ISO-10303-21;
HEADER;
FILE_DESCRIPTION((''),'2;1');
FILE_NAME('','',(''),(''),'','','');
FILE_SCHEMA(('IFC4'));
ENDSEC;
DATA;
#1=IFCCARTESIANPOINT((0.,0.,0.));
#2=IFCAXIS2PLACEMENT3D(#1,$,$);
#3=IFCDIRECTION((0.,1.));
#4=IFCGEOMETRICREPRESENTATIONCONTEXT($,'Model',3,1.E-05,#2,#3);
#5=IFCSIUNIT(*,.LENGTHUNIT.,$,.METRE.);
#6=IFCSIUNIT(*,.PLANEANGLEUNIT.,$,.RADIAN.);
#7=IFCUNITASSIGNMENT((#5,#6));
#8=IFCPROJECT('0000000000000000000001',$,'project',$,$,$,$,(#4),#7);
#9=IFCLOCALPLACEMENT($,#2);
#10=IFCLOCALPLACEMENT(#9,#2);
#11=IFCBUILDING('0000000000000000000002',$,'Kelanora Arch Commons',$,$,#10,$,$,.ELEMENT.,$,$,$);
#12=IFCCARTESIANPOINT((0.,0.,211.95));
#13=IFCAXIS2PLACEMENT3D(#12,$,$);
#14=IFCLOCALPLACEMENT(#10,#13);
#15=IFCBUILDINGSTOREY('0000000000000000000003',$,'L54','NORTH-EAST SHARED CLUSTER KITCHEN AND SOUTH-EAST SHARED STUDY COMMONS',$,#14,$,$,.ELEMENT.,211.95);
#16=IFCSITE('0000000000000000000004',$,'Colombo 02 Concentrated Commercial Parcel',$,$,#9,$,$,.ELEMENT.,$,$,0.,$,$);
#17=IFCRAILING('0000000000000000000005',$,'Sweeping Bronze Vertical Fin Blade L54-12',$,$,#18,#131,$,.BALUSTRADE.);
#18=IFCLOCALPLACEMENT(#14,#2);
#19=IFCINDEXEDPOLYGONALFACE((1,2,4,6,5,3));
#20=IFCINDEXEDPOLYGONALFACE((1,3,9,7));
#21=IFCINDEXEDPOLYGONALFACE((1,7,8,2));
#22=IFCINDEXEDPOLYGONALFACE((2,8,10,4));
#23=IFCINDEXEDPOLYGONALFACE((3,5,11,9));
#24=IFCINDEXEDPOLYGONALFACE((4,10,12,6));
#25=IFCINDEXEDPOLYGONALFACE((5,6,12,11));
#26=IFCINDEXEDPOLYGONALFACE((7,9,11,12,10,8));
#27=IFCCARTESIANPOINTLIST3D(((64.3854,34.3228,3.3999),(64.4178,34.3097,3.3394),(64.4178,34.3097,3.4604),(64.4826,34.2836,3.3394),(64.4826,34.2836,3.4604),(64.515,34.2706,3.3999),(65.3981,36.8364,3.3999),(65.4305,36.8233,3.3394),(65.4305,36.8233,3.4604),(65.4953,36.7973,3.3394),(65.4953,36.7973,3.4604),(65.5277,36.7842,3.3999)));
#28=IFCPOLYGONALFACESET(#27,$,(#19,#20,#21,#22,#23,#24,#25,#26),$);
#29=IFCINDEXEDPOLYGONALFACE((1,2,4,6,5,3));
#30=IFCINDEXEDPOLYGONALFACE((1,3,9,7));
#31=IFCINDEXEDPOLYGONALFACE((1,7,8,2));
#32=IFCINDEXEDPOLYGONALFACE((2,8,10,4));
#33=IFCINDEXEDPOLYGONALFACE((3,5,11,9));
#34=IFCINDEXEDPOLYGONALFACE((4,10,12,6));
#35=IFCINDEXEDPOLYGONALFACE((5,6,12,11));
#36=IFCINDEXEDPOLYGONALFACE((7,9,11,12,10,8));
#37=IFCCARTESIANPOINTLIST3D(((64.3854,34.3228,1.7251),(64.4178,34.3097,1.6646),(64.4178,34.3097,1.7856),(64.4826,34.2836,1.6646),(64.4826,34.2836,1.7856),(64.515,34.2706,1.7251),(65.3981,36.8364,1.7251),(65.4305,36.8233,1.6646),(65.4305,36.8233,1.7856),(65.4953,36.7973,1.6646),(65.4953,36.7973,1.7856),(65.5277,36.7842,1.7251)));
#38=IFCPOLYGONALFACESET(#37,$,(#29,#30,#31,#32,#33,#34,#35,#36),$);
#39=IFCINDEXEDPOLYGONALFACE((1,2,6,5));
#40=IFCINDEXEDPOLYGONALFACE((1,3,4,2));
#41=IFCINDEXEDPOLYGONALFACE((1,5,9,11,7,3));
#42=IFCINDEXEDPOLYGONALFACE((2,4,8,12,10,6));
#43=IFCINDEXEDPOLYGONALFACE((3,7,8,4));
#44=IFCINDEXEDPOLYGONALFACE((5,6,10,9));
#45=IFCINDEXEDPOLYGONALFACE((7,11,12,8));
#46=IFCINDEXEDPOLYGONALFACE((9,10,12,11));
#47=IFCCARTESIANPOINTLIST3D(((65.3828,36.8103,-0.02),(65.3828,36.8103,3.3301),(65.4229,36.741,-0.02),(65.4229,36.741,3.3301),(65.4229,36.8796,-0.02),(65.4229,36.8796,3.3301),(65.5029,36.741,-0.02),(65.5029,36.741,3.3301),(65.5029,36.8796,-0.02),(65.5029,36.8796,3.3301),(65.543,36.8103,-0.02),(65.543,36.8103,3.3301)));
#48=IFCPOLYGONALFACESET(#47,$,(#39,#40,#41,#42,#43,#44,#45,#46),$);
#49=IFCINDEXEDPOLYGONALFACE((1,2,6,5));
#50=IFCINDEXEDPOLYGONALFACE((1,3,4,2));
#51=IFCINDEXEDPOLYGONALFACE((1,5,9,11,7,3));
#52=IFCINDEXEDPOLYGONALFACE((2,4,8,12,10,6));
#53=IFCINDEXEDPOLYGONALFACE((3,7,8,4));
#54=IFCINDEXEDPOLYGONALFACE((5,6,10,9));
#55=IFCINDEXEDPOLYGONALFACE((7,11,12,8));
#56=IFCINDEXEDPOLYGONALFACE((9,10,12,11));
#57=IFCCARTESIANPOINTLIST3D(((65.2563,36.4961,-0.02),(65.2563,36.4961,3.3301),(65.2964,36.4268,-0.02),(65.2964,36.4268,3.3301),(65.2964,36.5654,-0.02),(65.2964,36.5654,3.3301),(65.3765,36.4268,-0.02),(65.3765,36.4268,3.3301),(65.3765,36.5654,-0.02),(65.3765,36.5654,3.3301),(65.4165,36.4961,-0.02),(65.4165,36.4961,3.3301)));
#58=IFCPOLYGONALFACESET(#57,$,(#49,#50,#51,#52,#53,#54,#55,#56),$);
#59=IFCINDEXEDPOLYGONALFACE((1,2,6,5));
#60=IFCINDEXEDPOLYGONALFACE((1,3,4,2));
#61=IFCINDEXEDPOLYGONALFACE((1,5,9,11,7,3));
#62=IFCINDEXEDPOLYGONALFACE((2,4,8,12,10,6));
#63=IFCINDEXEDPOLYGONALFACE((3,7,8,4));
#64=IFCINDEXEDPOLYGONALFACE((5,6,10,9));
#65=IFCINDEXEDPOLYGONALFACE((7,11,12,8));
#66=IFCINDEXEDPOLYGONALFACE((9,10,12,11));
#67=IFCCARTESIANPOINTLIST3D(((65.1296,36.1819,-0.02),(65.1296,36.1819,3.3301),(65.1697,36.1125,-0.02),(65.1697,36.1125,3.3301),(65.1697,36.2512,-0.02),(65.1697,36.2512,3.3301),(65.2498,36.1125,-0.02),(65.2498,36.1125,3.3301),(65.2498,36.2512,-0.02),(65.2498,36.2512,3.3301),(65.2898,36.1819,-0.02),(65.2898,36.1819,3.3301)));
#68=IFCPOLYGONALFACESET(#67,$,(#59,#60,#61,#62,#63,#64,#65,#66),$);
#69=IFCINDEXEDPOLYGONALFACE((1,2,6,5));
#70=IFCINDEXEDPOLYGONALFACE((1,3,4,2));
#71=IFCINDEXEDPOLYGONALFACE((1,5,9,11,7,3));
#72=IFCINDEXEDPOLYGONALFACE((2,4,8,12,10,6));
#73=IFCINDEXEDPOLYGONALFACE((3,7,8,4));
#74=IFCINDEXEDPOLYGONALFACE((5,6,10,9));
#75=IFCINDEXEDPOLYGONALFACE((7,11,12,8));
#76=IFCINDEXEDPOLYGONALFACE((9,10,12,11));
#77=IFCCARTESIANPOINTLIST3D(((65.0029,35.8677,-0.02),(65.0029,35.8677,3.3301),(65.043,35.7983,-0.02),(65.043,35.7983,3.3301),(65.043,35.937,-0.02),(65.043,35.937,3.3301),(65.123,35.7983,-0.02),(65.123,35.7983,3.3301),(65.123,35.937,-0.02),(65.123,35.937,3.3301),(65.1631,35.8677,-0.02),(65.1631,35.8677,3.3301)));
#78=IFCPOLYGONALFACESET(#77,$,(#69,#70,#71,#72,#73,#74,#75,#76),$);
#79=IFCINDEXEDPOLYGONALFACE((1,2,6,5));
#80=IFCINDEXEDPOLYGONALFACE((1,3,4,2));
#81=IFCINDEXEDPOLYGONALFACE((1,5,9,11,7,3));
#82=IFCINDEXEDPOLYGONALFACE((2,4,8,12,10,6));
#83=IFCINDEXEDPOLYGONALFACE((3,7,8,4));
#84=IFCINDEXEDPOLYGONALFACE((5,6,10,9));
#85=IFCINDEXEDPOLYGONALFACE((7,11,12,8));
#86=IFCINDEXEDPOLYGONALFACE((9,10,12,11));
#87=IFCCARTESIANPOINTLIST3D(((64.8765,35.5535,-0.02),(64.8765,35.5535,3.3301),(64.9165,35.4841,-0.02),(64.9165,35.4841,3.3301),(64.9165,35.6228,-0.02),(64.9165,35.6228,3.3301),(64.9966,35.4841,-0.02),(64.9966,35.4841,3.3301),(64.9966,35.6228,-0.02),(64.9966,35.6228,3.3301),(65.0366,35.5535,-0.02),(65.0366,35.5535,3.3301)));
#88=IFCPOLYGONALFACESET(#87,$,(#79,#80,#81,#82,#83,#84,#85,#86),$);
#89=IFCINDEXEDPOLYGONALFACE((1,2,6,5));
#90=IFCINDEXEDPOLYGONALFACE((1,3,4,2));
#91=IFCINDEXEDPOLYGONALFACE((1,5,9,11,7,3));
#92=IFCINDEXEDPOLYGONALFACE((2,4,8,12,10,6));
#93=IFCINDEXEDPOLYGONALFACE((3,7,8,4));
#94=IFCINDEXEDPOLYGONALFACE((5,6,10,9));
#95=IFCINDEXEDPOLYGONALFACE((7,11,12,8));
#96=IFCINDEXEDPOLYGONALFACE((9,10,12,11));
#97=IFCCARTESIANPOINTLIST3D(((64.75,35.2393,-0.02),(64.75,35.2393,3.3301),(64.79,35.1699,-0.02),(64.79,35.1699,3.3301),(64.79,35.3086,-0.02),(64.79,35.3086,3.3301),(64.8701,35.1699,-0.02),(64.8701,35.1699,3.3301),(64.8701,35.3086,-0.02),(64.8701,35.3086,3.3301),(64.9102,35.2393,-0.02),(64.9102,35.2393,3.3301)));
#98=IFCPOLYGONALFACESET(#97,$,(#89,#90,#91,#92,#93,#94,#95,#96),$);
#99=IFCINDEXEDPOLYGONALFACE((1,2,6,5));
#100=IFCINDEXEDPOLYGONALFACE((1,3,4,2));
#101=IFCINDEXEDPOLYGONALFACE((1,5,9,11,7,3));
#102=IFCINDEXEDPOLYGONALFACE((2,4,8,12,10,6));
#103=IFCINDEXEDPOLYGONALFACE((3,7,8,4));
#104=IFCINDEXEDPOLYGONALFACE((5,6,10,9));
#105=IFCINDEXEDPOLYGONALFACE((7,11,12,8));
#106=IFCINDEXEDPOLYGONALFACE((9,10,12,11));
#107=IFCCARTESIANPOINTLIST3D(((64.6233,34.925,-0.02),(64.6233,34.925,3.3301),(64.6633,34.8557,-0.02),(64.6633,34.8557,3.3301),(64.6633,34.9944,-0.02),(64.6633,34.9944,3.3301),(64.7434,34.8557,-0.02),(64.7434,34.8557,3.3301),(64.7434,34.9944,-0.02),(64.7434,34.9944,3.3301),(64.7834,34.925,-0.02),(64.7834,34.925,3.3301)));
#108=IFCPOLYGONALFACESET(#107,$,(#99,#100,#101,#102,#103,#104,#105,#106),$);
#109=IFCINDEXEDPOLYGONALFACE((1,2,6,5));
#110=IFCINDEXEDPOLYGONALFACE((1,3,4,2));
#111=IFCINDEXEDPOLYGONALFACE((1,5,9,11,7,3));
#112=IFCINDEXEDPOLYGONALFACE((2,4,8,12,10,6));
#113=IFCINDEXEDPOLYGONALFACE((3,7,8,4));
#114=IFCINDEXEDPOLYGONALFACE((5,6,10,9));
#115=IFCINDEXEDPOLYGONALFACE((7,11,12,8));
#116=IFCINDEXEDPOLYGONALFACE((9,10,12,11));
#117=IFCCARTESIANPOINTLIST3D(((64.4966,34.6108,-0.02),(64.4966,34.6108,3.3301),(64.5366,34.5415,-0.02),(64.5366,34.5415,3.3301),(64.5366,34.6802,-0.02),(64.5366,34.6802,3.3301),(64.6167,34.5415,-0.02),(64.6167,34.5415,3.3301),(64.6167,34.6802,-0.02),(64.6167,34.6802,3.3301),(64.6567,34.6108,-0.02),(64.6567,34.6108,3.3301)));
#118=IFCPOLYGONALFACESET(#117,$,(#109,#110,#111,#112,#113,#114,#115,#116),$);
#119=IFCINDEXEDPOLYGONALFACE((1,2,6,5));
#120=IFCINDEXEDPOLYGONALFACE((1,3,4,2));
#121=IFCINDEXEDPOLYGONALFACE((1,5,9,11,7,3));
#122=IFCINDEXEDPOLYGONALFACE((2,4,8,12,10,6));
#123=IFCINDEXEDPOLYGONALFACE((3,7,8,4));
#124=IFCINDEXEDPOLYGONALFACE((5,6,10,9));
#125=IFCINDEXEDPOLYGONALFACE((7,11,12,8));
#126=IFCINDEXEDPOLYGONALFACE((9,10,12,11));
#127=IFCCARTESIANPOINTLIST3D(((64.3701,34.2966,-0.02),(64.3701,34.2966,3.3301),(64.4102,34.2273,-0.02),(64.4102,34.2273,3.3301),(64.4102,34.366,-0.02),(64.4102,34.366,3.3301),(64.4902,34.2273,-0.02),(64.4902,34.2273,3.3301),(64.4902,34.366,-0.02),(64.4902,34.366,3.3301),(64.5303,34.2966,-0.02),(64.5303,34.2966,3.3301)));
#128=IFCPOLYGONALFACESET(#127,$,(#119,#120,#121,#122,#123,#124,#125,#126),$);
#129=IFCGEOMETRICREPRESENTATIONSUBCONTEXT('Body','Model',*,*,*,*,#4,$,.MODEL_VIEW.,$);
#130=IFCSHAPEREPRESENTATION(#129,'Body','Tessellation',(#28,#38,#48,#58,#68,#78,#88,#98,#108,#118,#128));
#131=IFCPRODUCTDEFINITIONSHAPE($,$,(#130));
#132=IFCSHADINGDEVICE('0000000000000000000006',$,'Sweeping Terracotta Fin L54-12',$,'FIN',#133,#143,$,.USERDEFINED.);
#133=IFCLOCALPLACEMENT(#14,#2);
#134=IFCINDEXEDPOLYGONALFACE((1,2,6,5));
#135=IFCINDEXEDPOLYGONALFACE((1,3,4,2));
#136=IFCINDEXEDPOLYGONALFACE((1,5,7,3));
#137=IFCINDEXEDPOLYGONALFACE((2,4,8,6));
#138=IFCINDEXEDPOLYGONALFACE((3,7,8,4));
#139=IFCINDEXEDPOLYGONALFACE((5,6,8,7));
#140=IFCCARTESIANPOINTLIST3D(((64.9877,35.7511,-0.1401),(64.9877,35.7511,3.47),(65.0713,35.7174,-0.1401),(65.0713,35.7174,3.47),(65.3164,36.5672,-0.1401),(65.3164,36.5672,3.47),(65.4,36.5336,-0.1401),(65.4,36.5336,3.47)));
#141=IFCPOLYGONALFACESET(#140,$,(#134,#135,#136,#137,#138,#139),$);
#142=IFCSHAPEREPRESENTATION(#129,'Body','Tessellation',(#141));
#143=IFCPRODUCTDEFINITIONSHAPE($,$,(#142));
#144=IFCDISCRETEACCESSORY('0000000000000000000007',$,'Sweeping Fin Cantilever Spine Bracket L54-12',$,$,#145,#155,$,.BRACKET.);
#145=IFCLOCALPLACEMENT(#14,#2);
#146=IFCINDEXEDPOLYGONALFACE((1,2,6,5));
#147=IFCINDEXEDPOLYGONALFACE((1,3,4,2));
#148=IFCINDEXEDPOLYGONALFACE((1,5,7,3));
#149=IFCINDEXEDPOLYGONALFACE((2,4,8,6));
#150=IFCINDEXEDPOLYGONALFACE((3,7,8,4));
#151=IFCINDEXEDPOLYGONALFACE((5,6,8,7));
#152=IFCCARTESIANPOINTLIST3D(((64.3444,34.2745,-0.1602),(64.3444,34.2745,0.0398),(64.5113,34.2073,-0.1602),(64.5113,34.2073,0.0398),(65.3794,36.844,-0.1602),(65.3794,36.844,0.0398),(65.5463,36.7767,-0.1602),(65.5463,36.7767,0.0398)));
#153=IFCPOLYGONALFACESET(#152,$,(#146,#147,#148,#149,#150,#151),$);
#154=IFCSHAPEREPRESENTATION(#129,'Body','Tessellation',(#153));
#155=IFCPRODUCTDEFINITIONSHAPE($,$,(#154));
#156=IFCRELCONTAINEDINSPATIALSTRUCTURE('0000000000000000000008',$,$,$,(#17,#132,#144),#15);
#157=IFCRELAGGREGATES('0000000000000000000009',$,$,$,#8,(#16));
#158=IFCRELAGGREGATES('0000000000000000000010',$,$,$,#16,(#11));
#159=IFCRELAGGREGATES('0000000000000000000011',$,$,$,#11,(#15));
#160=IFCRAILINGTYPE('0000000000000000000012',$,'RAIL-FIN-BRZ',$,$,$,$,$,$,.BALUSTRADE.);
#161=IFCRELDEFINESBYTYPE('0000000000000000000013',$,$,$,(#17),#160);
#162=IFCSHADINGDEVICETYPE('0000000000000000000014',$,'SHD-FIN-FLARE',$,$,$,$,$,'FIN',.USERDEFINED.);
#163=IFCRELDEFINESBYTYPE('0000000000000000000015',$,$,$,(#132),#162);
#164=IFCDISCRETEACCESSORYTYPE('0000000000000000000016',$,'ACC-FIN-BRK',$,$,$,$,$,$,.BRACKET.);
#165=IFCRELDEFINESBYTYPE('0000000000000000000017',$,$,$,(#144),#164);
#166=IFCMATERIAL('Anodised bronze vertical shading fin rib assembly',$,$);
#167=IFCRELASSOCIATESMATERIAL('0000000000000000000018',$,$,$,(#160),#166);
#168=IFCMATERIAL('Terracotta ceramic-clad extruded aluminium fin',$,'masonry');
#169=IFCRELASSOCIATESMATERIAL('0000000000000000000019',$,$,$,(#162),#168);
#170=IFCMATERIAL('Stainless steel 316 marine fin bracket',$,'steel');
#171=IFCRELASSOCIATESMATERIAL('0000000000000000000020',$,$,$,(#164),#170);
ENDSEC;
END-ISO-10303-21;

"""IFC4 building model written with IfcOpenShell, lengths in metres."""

from ifc_helpers import new_model, si_unit, direction, frame, origin, origin_2d, place, context, subcontext, project, spatial, polyline, rectangle, outline, extrude, source, transform, mapped, material, type_object, element, save


model = new_model("IFC4")

# Units and contexts
model_context = context("Model", 3, precision=1e-05, world=origin(), true_north=direction((0.0, 1.0)))
body_context = subcontext(model_context, "Body", "Model", "MODEL_VIEW")
ifc_project = project(units=[si_unit("LENGTHUNIT", "METRE"), si_unit("PLANEANGLEUNIT", "RADIAN")], contexts=[model_context])

# Site, building, storey
site_placement = place(None, origin())
site = spatial("IfcSite", under=ifc_project, at=site_placement, Name="Colombo 02 Concentrated Commercial Parcel", CompositionType="ELEMENT", RefElevation=0.0)
building_placement = place(site_placement, origin())
building = spatial("IfcBuilding", under=site, at=building_placement, Name="Kelanora Arch Commons", CompositionType="ELEMENT")
storey_placement = place(building_placement, frame((0.0, 0.0, 211.95)))
storey = spatial("IfcBuildingStorey", under=building, at=storey_placement, Name="L54", Description="NORTH-EAST SHARED CLUSTER KITCHEN AND SOUTH-EAST SHARED STUDY COMMONS", CompositionType="ELEMENT", Elevation=211.95)

# Railing
ifc_material_1 = material(Name="Anodised bronze vertical shading fin rib assembly")
railing_type = type_object("IfcRailingType", Name="RAIL-FIN-BRZ", PredefinedType="BALUSTRADE", material=ifc_material_1)
railing_placement = place(storey_placement, frame((65.4629, 36.8103, -0.02)))
element("IfcRailing", 1, at=railing_placement, inside=storey, type_object=railing_type, Name="Sweeping Bronze Vertical Fin Blade L54-12", PredefinedType="BALUSTRADE", context=body_context, shape_type="SweptSolid", body=[
    extrude(outline(polyline([(0.0698, 0.0), (0.0349, 0.0605), (-0.0349, 0.0605), (-0.0698, 0.0), (-0.0349, -0.0605), (0.0349, -0.0605), (0.0698, 0.0)])), frame((0.0, 0.0, 3.4199), z_axis=(-0.373688, -0.927554, 0.0), x_axis=(0.927554, -0.373688, 0.0)), (0.0, 0.0, 1.0), 2.71),
    extrude(outline(polyline([(0.0698, 0.0), (0.0349, 0.0605), (-0.0349, 0.0605), (-0.0698, 0.0), (-0.0349, -0.0605), (0.0349, -0.0605), (0.0698, 0.0)])), frame((0.0, 0.0, 1.7451), z_axis=(-0.373688, -0.927554, 0.0), x_axis=(0.927554, -0.373688, 0.0)), (0.0, 0.0, 1.0), 2.71),
    extrude(outline(polyline([(0.0801, 0.0), (0.04, 0.0693), (-0.04, 0.0693), (-0.0801, 0.0), (-0.04, -0.0693), (0.04, -0.0693), (0.0801, 0.0)])), origin(), (0.0, 0.0, 1.0), 3.3501),
    extrude(outline(polyline([(0.0801, 0.0), (0.04, 0.0693), (-0.04, 0.0693), (-0.0801, 0.0), (-0.04, -0.0693), (0.04, -0.0693), (0.0801, 0.0)])), frame((-0.1265, -0.3142, 0.0)), (0.0, 0.0, 1.0), 3.3501),
    extrude(outline(polyline([(0.0801, 0.0), (0.04, 0.0693), (-0.04, 0.0693), (-0.0801, 0.0), (-0.04, -0.0693), (0.04, -0.0693), (0.0801, 0.0)])), frame((-0.2532, -0.6284, 0.0)), (0.0, 0.0, 1.0), 3.3501),
    extrude(outline(polyline([(0.0801, 0.0), (0.04, 0.0693), (-0.04, 0.0693), (-0.0801, 0.0), (-0.04, -0.0693), (0.04, -0.0693), (0.0801, 0.0)])), frame((-0.3799, -0.9426, 0.0)), (0.0, 0.0, 1.0), 3.3501),
    extrude(outline(polyline([(0.0801, 0.0), (0.04, 0.0693), (-0.04, 0.0693), (-0.0801, 0.0), (-0.04, -0.0693), (0.04, -0.0693), (0.0801, 0.0)])), frame((-0.5063, -1.2568, 0.0)), (0.0, 0.0, 1.0), 3.3501),
    extrude(outline(polyline([(0.0801, 0.0), (0.04, 0.0693), (-0.04, 0.0693), (-0.0801, 0.0), (-0.04, -0.0693), (0.04, -0.0693), (0.0801, 0.0)])), frame((-0.6328, -1.571, 0.0)), (0.0, 0.0, 1.0), 3.3501),
    extrude(outline(polyline([(0.0801, 0.0), (0.04, 0.0693), (-0.04, 0.0693), (-0.0801, 0.0), (-0.04, -0.0693), (0.04, -0.0693), (0.0801, 0.0)])), frame((-0.7595, -1.8853, 0.0)), (0.0, 0.0, 1.0), 3.3501),
    extrude(outline(polyline([(0.0801, 0.0), (0.04, 0.0693), (-0.04, 0.0693), (-0.0801, 0.0), (-0.04, -0.0693), (0.04, -0.0693), (0.0801, 0.0)])), frame((-0.8862, -2.1995, 0.0)), (0.0, 0.0, 1.0), 3.3501),
    extrude(outline(polyline([(0.0801, 0.0), (0.04, 0.0693), (-0.04, 0.0693), (-0.0801, 0.0), (-0.04, -0.0693), (0.04, -0.0693), (0.0801, 0.0)])), frame((-1.0127, -2.5137, 0.0)), (0.0, 0.0, 1.0), 3.3501),
])

# Shading device
ifc_material_2 = material(Name="Terracotta ceramic-clad extruded aluminium fin", Category="masonry")
shading_device_type = type_object("IfcShadingDeviceType", Name="SHD-FIN-FLARE", ElementType="FIN", PredefinedType="USERDEFINED", material=ifc_material_2)
shared_shape_1 = source(origin(), body_context, "Body", "SweptSolid", [
    extrude(rectangle(XDim=0.8799, YDim=0.0901, at=origin_2d()), origin(), (0.0, 0.0, 1.0), 3.6101),
])
shading_device_placement = place(storey_placement, frame((65.1938, 36.1423, -0.1401), z_axis=(0.0, 0.0, 1.0), x_axis=(-0.373635, -0.927576, 0.0)))
element("IfcShadingDevice", 2, at=shading_device_placement, inside=storey, type_object=shading_device_type, Name="Sweeping Terracotta Fin L54-12", ObjectType="FIN", PredefinedType="USERDEFINED", context=body_context, shape_type="MappedRepresentation", body=[
    mapped(shared_shape_1, transform((0.0, 0.0, 0.0), scale=1.0)),
])

# Discrete accessory
ifc_material_3 = material(Name="Stainless steel 316 marine fin bracket", Category="steel")
discrete_accessory_type = type_object("IfcDiscreteAccessoryType", Name="ACC-FIN-BRK", PredefinedType="BRACKET", material=ifc_material_3)
shared_shape_2 = source(origin(), body_context, "Body", "SweptSolid", [
    extrude(rectangle(XDim=2.77, YDim=0.1799, at=origin_2d()), origin(), (0.0, 0.0, 1.0), 0.2),
])
discrete_accessory_placement = place(storey_placement, frame((64.9453, 35.5256, -0.1602), z_axis=(0.0, 0.0, 1.0), x_axis=(-0.373635, -0.927576, 0.0)))
element("IfcDiscreteAccessory", 3, at=discrete_accessory_placement, inside=storey, type_object=discrete_accessory_type, Name="Sweeping Fin Cantilever Spine Bracket L54-12", PredefinedType="BRACKET", context=body_context, shape_type="MappedRepresentation", body=[
    mapped(shared_shape_2, transform((0.0, 0.0, 0.0), scale=1.0)),
])

save(model, "model.ifc")
